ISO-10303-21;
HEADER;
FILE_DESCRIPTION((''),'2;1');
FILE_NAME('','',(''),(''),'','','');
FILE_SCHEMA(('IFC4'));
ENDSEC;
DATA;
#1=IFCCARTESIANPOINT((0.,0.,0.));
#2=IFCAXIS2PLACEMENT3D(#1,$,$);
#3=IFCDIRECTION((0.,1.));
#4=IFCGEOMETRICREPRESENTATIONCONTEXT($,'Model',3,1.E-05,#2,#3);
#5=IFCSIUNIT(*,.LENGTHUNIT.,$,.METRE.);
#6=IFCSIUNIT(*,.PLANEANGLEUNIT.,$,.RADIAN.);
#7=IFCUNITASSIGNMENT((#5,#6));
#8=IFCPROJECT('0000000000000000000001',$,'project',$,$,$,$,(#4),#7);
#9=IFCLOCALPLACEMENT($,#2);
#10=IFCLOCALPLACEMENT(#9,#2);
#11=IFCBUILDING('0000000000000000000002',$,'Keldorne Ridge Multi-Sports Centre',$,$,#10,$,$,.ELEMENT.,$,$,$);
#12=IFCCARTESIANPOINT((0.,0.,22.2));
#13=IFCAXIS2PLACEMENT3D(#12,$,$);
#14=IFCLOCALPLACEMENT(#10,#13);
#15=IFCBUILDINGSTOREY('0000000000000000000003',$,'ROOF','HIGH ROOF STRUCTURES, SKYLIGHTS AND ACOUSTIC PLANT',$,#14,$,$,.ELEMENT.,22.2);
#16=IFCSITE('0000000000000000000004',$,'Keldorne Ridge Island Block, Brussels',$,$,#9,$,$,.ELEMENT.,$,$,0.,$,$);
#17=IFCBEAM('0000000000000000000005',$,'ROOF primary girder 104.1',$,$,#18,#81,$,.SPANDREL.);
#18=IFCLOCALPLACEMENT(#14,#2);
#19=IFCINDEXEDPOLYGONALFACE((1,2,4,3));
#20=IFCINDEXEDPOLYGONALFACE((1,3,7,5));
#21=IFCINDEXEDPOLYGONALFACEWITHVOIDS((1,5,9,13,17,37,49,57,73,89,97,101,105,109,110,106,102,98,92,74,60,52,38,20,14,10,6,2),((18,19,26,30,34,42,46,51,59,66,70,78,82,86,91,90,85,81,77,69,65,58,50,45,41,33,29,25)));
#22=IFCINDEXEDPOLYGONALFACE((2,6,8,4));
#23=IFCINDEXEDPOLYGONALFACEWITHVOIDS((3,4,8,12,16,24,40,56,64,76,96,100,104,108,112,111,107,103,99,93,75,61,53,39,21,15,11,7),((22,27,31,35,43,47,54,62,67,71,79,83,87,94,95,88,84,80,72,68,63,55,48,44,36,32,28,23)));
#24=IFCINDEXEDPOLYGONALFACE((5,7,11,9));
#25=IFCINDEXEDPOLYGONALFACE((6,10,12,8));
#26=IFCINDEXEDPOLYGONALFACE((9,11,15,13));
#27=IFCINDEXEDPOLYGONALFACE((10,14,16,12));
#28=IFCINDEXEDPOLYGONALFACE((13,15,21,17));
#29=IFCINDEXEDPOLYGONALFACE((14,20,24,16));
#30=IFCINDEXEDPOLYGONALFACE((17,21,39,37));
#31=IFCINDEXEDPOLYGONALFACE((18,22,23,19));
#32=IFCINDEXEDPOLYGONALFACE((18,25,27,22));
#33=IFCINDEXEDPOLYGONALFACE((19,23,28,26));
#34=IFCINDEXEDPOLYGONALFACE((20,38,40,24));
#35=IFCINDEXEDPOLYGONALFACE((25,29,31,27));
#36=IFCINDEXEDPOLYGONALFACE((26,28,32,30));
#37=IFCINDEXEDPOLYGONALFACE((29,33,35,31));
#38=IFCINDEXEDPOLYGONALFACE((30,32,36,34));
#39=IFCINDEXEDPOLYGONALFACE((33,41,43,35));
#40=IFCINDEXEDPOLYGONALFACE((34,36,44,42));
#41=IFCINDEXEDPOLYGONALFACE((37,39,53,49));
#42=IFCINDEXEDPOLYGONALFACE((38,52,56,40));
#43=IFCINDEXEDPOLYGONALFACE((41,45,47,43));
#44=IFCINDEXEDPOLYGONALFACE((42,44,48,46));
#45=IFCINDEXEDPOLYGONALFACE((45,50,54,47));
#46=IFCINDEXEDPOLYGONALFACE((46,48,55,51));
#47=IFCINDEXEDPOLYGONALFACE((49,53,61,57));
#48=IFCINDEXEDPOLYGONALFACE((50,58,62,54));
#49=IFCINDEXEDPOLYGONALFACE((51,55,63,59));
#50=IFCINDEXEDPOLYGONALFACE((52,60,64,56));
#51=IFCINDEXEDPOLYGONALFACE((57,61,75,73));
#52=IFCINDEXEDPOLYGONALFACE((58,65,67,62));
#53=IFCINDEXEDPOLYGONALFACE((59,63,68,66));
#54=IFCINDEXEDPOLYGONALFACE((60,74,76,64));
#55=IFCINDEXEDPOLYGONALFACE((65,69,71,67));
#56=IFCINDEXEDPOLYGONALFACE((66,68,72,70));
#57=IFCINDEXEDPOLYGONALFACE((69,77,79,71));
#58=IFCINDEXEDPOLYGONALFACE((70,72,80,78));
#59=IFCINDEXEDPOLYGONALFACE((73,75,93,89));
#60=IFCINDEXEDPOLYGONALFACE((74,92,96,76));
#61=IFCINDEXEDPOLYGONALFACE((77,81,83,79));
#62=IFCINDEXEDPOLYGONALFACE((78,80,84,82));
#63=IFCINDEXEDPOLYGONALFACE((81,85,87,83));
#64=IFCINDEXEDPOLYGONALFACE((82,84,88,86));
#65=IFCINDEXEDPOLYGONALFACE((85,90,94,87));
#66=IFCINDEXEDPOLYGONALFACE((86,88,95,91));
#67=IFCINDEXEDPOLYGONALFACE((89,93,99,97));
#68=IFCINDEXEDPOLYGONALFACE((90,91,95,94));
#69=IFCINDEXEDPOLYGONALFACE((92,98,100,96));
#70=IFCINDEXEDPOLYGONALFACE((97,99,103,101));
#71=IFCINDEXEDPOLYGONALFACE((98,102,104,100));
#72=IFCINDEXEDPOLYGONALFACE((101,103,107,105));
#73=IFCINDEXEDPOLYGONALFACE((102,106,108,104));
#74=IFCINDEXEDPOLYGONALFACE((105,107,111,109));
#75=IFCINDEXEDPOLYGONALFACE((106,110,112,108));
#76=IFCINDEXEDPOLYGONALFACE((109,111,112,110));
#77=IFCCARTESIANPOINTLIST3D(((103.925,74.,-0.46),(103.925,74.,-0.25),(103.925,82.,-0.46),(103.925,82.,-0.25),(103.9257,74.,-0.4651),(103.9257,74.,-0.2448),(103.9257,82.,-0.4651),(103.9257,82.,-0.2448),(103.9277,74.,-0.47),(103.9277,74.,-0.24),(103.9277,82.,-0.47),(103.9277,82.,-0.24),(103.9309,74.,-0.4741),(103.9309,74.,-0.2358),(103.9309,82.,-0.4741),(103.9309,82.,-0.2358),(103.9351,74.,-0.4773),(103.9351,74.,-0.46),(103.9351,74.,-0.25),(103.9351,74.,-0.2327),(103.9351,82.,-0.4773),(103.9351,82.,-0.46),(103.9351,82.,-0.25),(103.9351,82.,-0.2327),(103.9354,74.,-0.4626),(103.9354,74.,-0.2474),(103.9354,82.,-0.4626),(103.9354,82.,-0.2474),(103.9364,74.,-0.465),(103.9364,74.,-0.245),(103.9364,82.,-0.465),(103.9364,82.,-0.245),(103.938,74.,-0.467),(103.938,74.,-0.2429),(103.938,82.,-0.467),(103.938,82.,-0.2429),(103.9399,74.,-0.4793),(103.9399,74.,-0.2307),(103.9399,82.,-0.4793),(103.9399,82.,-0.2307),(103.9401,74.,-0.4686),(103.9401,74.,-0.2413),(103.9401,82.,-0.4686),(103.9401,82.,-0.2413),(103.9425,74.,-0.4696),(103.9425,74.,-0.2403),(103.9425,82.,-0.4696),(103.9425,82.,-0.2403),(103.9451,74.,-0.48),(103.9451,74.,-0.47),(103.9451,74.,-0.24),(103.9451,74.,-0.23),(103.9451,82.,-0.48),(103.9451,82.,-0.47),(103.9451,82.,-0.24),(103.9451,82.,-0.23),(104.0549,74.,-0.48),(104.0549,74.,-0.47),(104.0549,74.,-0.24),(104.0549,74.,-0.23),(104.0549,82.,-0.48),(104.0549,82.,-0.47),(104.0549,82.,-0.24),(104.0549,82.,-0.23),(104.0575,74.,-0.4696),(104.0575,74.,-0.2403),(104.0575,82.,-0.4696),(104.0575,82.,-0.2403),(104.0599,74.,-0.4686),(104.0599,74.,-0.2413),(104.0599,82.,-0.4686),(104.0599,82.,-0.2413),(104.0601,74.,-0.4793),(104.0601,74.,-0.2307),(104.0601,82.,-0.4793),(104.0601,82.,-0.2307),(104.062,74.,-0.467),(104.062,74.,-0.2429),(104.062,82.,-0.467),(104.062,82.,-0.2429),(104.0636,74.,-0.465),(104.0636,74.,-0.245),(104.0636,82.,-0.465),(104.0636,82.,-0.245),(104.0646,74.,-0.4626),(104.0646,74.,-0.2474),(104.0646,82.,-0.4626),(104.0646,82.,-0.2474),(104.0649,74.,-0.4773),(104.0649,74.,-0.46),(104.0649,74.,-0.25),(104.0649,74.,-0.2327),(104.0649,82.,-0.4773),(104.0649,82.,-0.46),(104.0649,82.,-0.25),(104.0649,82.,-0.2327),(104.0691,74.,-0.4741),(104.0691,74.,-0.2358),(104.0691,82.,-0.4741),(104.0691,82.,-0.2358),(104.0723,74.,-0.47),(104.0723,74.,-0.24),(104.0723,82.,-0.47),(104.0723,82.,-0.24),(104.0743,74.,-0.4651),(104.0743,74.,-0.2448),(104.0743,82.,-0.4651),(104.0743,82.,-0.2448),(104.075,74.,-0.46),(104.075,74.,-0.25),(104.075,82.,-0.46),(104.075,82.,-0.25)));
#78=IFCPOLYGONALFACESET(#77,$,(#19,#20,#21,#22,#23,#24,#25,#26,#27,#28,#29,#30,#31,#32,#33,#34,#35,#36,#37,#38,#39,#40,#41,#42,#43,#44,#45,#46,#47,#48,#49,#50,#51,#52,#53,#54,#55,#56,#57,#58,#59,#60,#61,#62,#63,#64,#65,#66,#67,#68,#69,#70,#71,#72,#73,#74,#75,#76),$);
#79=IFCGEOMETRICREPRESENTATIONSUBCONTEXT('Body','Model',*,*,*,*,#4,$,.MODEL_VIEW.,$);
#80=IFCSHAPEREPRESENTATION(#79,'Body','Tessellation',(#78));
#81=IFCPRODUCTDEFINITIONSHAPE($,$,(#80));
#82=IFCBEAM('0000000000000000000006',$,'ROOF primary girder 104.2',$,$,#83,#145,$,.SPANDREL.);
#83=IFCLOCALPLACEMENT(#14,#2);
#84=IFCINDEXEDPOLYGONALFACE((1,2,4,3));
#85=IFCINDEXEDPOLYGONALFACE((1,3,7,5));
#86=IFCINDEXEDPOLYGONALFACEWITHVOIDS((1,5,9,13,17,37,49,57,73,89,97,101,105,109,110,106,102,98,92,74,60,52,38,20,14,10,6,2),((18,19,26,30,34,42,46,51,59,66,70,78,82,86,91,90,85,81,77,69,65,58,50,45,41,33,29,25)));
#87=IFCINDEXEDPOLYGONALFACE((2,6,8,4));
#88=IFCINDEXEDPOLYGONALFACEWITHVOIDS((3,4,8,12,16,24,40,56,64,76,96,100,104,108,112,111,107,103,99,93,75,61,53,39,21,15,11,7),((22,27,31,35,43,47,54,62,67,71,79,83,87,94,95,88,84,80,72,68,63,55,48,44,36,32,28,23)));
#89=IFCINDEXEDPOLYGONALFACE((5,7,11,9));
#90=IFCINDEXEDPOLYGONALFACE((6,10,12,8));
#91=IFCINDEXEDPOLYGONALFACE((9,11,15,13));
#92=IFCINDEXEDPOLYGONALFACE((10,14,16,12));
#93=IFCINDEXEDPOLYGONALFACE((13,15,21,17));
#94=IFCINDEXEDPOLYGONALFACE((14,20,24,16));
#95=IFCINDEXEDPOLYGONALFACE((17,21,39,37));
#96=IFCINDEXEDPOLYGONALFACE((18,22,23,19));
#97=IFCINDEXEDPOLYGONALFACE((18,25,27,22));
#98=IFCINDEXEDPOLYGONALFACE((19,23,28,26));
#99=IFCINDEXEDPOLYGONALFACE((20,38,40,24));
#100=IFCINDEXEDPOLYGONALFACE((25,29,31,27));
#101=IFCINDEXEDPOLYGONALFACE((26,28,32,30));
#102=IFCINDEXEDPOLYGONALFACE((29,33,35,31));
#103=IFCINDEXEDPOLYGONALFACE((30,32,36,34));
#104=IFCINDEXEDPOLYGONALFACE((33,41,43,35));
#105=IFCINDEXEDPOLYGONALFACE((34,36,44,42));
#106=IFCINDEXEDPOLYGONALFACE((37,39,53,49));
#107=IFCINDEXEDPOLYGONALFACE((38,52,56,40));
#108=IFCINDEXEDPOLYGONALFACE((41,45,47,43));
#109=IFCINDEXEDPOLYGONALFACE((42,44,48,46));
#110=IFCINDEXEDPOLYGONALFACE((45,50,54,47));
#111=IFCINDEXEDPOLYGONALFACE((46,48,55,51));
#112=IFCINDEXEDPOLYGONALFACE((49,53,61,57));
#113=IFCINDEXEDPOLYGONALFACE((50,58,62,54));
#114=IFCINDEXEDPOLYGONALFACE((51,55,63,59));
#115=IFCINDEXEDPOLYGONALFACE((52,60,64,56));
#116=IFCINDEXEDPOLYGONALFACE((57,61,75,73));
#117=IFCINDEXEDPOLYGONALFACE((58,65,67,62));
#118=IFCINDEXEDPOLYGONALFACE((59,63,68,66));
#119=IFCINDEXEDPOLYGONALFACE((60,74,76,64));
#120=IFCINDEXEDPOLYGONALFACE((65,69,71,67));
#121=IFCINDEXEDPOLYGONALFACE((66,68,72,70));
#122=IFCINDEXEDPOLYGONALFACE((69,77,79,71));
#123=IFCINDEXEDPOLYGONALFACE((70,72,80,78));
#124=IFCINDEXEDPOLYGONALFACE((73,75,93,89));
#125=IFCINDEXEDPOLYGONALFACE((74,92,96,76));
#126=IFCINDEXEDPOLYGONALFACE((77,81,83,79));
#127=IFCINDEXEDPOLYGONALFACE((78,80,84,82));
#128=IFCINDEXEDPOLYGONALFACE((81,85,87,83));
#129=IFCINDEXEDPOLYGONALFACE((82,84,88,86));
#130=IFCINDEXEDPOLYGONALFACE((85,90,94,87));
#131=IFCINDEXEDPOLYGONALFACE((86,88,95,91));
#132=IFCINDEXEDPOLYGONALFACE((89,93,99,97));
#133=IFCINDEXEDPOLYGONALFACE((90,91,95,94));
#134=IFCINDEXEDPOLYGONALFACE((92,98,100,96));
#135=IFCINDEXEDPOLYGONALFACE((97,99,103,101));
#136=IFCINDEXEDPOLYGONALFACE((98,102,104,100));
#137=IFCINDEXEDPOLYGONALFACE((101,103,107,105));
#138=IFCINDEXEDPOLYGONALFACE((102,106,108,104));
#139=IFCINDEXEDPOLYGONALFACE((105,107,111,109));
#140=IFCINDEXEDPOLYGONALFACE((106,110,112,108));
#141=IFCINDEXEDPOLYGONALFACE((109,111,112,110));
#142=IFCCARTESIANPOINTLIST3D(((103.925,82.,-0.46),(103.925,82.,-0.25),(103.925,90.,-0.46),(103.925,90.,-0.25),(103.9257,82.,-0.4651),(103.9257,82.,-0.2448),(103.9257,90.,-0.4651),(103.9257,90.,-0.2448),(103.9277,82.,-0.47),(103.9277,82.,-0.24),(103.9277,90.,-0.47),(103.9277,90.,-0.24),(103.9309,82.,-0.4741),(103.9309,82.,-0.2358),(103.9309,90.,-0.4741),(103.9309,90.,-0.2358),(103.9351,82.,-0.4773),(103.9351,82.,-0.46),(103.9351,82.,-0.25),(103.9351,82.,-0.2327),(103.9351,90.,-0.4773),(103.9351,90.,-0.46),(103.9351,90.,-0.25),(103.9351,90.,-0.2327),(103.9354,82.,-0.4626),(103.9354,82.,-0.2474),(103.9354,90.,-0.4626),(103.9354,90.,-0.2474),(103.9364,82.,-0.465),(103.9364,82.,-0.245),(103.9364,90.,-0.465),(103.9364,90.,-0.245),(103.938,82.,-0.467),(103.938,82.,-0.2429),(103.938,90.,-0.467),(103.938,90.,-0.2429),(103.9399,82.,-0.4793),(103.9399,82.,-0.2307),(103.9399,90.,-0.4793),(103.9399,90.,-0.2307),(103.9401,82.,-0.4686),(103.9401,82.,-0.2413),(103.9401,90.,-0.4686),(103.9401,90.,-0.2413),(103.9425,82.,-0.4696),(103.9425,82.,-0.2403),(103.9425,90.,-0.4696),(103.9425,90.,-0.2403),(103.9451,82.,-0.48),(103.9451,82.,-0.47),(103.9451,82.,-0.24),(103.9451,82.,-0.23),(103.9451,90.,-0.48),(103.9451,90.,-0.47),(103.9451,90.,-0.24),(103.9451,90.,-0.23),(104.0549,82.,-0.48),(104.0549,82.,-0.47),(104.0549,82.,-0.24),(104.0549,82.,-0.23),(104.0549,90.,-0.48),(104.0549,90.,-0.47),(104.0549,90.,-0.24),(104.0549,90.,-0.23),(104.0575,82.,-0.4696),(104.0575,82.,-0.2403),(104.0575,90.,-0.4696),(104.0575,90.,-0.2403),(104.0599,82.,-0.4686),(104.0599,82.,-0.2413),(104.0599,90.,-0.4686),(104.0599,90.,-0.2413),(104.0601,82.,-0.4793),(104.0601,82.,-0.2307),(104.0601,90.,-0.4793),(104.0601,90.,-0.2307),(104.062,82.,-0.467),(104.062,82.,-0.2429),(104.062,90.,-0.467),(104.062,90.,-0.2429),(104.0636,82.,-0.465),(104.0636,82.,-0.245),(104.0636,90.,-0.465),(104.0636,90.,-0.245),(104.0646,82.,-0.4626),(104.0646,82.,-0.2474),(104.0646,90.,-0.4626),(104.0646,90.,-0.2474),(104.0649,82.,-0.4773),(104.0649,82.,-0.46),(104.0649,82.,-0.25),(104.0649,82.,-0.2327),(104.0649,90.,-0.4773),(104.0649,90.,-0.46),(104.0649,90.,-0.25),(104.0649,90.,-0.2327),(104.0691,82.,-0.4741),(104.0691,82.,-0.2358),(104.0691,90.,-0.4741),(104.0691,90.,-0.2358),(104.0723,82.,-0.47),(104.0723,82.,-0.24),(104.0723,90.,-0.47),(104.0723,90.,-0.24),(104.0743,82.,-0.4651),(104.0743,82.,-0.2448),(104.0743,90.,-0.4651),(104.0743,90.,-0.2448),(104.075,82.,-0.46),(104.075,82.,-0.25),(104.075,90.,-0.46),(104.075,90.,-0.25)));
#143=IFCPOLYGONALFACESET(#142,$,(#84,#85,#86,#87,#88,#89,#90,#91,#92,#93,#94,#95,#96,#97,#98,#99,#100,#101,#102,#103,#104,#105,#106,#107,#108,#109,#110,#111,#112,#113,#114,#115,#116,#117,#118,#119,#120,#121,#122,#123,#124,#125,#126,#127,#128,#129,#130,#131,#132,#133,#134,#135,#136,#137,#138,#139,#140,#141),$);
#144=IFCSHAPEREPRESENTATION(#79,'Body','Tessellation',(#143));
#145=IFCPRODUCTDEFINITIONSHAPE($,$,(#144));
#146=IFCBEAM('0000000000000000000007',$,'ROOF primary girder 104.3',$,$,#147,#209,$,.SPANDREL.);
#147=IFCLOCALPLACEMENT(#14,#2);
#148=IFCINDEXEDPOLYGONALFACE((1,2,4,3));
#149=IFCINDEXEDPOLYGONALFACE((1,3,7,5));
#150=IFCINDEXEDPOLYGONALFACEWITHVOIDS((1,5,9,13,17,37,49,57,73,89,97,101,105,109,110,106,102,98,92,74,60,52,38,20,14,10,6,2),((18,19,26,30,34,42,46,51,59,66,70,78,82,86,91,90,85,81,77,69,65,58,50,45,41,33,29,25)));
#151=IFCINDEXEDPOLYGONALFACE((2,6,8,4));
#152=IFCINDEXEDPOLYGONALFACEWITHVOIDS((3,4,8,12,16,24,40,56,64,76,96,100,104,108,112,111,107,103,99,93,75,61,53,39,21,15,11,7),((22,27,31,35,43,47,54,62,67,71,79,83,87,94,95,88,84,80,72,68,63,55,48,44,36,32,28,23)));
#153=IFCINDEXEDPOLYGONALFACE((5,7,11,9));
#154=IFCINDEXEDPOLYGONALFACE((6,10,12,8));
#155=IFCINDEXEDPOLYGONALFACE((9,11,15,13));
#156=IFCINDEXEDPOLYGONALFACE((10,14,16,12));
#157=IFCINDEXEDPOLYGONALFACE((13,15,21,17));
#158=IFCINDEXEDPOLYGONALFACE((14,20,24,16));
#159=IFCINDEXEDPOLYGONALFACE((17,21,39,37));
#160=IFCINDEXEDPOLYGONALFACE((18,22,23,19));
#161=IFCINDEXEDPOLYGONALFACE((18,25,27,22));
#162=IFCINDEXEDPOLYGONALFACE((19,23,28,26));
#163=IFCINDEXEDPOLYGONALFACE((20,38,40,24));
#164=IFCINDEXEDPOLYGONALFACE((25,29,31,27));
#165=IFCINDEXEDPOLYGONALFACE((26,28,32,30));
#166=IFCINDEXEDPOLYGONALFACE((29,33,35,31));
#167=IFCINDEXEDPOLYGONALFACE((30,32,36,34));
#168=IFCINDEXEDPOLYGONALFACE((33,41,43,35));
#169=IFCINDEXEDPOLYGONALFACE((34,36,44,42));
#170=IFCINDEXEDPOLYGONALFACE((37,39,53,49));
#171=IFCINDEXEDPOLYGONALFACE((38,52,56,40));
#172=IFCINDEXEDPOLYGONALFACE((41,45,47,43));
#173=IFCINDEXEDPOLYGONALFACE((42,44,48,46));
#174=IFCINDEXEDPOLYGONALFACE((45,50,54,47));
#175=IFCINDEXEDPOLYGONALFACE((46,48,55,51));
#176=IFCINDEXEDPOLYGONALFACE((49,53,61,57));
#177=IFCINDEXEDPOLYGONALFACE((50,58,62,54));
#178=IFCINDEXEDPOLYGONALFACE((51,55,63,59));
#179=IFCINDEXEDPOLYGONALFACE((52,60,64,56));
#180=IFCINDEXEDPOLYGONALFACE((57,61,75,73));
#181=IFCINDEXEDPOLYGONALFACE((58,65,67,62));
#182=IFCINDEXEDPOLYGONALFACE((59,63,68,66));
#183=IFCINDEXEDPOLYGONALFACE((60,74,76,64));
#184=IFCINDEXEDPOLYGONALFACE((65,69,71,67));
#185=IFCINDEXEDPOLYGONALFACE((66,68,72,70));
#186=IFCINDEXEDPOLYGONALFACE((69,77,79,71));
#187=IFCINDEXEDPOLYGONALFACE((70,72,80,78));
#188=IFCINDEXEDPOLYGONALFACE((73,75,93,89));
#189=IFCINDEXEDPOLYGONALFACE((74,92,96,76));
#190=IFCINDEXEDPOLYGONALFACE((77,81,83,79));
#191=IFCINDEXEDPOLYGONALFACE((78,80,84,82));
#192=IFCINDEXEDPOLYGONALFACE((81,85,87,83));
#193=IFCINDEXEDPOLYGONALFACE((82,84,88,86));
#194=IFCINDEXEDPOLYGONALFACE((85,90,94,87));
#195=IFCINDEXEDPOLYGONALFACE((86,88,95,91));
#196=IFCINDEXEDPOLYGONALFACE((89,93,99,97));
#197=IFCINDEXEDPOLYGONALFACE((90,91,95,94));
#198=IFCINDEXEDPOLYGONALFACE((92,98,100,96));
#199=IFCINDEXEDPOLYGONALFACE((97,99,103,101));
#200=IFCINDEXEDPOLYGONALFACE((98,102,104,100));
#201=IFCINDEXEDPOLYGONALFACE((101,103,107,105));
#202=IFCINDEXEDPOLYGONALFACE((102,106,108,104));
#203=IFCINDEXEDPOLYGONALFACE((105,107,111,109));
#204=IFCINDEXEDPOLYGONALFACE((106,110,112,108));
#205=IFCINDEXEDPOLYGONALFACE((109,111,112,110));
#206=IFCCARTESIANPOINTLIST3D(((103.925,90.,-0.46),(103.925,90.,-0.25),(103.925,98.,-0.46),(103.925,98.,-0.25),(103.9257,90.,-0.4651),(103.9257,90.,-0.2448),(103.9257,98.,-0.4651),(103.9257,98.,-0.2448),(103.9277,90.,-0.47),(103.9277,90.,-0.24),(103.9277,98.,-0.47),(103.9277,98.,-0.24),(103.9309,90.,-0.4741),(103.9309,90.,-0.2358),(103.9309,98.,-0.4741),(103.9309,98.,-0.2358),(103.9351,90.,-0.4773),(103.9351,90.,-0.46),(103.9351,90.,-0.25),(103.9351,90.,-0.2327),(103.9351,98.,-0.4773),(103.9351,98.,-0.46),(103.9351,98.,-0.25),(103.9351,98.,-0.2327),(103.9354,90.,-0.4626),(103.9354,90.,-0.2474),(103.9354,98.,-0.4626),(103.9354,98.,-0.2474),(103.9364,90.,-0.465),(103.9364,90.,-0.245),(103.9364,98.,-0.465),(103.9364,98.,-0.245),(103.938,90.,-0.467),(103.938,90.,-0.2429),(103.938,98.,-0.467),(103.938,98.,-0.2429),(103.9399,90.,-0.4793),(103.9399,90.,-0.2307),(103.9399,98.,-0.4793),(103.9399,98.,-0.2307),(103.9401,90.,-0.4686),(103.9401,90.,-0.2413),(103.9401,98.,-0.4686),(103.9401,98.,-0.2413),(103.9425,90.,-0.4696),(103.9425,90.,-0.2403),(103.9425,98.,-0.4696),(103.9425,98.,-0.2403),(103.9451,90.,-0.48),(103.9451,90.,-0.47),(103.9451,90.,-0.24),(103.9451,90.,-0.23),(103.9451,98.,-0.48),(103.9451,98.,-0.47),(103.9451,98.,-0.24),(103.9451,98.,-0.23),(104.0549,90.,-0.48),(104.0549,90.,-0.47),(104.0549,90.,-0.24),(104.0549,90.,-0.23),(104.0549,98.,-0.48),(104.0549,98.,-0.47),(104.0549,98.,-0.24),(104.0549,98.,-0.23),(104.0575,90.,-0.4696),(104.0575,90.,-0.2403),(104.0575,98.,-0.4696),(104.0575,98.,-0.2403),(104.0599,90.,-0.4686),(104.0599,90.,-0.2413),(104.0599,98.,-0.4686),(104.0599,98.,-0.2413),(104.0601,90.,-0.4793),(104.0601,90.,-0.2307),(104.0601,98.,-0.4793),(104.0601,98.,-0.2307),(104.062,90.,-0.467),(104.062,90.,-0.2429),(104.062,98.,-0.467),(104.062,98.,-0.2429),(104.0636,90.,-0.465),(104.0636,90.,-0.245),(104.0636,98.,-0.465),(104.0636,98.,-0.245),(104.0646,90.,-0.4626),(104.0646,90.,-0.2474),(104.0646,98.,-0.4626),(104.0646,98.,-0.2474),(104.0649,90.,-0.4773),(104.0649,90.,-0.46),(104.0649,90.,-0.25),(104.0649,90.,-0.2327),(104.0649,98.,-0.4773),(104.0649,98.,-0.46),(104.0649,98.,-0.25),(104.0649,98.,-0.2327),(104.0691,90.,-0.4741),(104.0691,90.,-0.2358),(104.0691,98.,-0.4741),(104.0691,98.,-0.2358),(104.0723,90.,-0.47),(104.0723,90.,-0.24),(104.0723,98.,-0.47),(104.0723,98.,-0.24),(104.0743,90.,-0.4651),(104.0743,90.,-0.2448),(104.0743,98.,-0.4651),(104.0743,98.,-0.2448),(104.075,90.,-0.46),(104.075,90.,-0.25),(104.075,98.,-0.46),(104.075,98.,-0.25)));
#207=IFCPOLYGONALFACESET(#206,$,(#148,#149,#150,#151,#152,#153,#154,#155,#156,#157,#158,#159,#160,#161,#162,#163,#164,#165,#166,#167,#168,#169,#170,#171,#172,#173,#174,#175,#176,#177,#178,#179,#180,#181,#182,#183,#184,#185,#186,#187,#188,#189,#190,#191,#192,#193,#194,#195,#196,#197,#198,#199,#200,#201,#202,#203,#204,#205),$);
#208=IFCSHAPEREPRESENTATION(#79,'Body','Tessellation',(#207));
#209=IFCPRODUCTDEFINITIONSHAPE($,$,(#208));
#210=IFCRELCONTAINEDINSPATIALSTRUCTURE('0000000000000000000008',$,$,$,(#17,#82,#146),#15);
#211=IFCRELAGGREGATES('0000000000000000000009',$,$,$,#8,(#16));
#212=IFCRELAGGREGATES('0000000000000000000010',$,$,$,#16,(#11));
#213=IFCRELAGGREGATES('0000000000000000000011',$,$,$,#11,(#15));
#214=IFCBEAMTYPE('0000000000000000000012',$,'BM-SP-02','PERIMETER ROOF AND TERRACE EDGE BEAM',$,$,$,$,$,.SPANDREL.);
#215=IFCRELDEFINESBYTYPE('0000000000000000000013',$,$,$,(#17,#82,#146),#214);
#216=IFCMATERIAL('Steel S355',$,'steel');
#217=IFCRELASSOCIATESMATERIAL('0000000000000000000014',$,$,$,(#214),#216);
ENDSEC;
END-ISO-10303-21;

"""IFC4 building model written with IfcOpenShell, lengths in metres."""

from ifc_helpers import new_model, si_unit, direction, frame, origin, origin_2d, place, context, subcontext, project, spatial, hollow_rectangle, extrude, material, material_profile, profile_set, type_object, element, save


model = new_model("IFC4")

# Units and contexts
model_context = context("Model", 3, precision=1e-05, world=origin(), true_north=direction((0.0, 1.0)))
body_context = subcontext(model_context, "Body", "Model", "MODEL_VIEW")
ifc_project = project(units=[si_unit("LENGTHUNIT", "METRE"), si_unit("PLANEANGLEUNIT", "RADIAN")], contexts=[model_context])

# Site, building, storey
site_placement = place(None, origin())
site = spatial("IfcSite", under=ifc_project, at=site_placement, Name="Keldorne Ridge Island Block, Brussels", CompositionType="ELEMENT", RefElevation=0.0)
building_placement = place(site_placement, origin())
building = spatial("IfcBuilding", under=site, at=building_placement, Name="Keldorne Ridge Multi-Sports Centre", CompositionType="ELEMENT")
storey_placement = place(building_placement, frame((0.0, 0.0, 22.2)))
storey = spatial("IfcBuildingStorey", under=building, at=storey_placement, Name="ROOF", Description="HIGH ROOF STRUCTURES, SKYLIGHTS AND ACOUSTIC PLANT", CompositionType="ELEMENT", Elevation=22.2)

# Beams
ifc_material_1 = material(Name="Steel S355", Category="steel")
ifc_material_profile_1 = material_profile(ifc_material_1, hollow_rectangle(XDim=0.1499, YDim=0.25, WallThickness=0.01, InnerFilletRadius=0.01, OuterFilletRadius=0.02, at=origin_2d()), Name="RHS 250x150x10")
ifc_profile_set_1 = profile_set([ifc_material_profile_1], Name="Steel S355")
beam_type_1 = type_object("IfcBeamType", Name="BM-SP-02", Description="PERIMETER ROOF AND TERRACE EDGE BEAM", PredefinedType="SPANDREL", material=ifc_profile_set_1)
for number, where, z_axis, x_axis, name in (
    (1, (104.0, 74.0, -0.355), (0.0, 1.0, 0.0), (-1.0, 0.0, 0.0), "ROOF primary girder 104.1"),
    (2, (104.0, 82.0, -0.355), (0.0, 1.0, 0.0), (-1.0, 0.0, 0.0), "ROOF primary girder 104.2"),
    (3, (104.0, 90.0, -0.355), (0.0, 1.0, 0.0), (-1.0, 0.0, 0.0), "ROOF primary girder 104.3"),
):
    element("IfcBeam", number, at=place(storey_placement, frame(where, z_axis=z_axis, x_axis=x_axis)), inside=storey, type_object=beam_type_1, Name=name, PredefinedType="SPANDREL", context=body_context, shape_type="SweptSolid", body=[
        extrude(hollow_rectangle(XDim=0.1499, YDim=0.25, WallThickness=0.01, InnerFilletRadius=0.01, OuterFilletRadius=0.02, at=origin_2d()), origin(), (0.0, 0.0, 1.0), 8.0),
    ])

save(model, "model.ifc")
